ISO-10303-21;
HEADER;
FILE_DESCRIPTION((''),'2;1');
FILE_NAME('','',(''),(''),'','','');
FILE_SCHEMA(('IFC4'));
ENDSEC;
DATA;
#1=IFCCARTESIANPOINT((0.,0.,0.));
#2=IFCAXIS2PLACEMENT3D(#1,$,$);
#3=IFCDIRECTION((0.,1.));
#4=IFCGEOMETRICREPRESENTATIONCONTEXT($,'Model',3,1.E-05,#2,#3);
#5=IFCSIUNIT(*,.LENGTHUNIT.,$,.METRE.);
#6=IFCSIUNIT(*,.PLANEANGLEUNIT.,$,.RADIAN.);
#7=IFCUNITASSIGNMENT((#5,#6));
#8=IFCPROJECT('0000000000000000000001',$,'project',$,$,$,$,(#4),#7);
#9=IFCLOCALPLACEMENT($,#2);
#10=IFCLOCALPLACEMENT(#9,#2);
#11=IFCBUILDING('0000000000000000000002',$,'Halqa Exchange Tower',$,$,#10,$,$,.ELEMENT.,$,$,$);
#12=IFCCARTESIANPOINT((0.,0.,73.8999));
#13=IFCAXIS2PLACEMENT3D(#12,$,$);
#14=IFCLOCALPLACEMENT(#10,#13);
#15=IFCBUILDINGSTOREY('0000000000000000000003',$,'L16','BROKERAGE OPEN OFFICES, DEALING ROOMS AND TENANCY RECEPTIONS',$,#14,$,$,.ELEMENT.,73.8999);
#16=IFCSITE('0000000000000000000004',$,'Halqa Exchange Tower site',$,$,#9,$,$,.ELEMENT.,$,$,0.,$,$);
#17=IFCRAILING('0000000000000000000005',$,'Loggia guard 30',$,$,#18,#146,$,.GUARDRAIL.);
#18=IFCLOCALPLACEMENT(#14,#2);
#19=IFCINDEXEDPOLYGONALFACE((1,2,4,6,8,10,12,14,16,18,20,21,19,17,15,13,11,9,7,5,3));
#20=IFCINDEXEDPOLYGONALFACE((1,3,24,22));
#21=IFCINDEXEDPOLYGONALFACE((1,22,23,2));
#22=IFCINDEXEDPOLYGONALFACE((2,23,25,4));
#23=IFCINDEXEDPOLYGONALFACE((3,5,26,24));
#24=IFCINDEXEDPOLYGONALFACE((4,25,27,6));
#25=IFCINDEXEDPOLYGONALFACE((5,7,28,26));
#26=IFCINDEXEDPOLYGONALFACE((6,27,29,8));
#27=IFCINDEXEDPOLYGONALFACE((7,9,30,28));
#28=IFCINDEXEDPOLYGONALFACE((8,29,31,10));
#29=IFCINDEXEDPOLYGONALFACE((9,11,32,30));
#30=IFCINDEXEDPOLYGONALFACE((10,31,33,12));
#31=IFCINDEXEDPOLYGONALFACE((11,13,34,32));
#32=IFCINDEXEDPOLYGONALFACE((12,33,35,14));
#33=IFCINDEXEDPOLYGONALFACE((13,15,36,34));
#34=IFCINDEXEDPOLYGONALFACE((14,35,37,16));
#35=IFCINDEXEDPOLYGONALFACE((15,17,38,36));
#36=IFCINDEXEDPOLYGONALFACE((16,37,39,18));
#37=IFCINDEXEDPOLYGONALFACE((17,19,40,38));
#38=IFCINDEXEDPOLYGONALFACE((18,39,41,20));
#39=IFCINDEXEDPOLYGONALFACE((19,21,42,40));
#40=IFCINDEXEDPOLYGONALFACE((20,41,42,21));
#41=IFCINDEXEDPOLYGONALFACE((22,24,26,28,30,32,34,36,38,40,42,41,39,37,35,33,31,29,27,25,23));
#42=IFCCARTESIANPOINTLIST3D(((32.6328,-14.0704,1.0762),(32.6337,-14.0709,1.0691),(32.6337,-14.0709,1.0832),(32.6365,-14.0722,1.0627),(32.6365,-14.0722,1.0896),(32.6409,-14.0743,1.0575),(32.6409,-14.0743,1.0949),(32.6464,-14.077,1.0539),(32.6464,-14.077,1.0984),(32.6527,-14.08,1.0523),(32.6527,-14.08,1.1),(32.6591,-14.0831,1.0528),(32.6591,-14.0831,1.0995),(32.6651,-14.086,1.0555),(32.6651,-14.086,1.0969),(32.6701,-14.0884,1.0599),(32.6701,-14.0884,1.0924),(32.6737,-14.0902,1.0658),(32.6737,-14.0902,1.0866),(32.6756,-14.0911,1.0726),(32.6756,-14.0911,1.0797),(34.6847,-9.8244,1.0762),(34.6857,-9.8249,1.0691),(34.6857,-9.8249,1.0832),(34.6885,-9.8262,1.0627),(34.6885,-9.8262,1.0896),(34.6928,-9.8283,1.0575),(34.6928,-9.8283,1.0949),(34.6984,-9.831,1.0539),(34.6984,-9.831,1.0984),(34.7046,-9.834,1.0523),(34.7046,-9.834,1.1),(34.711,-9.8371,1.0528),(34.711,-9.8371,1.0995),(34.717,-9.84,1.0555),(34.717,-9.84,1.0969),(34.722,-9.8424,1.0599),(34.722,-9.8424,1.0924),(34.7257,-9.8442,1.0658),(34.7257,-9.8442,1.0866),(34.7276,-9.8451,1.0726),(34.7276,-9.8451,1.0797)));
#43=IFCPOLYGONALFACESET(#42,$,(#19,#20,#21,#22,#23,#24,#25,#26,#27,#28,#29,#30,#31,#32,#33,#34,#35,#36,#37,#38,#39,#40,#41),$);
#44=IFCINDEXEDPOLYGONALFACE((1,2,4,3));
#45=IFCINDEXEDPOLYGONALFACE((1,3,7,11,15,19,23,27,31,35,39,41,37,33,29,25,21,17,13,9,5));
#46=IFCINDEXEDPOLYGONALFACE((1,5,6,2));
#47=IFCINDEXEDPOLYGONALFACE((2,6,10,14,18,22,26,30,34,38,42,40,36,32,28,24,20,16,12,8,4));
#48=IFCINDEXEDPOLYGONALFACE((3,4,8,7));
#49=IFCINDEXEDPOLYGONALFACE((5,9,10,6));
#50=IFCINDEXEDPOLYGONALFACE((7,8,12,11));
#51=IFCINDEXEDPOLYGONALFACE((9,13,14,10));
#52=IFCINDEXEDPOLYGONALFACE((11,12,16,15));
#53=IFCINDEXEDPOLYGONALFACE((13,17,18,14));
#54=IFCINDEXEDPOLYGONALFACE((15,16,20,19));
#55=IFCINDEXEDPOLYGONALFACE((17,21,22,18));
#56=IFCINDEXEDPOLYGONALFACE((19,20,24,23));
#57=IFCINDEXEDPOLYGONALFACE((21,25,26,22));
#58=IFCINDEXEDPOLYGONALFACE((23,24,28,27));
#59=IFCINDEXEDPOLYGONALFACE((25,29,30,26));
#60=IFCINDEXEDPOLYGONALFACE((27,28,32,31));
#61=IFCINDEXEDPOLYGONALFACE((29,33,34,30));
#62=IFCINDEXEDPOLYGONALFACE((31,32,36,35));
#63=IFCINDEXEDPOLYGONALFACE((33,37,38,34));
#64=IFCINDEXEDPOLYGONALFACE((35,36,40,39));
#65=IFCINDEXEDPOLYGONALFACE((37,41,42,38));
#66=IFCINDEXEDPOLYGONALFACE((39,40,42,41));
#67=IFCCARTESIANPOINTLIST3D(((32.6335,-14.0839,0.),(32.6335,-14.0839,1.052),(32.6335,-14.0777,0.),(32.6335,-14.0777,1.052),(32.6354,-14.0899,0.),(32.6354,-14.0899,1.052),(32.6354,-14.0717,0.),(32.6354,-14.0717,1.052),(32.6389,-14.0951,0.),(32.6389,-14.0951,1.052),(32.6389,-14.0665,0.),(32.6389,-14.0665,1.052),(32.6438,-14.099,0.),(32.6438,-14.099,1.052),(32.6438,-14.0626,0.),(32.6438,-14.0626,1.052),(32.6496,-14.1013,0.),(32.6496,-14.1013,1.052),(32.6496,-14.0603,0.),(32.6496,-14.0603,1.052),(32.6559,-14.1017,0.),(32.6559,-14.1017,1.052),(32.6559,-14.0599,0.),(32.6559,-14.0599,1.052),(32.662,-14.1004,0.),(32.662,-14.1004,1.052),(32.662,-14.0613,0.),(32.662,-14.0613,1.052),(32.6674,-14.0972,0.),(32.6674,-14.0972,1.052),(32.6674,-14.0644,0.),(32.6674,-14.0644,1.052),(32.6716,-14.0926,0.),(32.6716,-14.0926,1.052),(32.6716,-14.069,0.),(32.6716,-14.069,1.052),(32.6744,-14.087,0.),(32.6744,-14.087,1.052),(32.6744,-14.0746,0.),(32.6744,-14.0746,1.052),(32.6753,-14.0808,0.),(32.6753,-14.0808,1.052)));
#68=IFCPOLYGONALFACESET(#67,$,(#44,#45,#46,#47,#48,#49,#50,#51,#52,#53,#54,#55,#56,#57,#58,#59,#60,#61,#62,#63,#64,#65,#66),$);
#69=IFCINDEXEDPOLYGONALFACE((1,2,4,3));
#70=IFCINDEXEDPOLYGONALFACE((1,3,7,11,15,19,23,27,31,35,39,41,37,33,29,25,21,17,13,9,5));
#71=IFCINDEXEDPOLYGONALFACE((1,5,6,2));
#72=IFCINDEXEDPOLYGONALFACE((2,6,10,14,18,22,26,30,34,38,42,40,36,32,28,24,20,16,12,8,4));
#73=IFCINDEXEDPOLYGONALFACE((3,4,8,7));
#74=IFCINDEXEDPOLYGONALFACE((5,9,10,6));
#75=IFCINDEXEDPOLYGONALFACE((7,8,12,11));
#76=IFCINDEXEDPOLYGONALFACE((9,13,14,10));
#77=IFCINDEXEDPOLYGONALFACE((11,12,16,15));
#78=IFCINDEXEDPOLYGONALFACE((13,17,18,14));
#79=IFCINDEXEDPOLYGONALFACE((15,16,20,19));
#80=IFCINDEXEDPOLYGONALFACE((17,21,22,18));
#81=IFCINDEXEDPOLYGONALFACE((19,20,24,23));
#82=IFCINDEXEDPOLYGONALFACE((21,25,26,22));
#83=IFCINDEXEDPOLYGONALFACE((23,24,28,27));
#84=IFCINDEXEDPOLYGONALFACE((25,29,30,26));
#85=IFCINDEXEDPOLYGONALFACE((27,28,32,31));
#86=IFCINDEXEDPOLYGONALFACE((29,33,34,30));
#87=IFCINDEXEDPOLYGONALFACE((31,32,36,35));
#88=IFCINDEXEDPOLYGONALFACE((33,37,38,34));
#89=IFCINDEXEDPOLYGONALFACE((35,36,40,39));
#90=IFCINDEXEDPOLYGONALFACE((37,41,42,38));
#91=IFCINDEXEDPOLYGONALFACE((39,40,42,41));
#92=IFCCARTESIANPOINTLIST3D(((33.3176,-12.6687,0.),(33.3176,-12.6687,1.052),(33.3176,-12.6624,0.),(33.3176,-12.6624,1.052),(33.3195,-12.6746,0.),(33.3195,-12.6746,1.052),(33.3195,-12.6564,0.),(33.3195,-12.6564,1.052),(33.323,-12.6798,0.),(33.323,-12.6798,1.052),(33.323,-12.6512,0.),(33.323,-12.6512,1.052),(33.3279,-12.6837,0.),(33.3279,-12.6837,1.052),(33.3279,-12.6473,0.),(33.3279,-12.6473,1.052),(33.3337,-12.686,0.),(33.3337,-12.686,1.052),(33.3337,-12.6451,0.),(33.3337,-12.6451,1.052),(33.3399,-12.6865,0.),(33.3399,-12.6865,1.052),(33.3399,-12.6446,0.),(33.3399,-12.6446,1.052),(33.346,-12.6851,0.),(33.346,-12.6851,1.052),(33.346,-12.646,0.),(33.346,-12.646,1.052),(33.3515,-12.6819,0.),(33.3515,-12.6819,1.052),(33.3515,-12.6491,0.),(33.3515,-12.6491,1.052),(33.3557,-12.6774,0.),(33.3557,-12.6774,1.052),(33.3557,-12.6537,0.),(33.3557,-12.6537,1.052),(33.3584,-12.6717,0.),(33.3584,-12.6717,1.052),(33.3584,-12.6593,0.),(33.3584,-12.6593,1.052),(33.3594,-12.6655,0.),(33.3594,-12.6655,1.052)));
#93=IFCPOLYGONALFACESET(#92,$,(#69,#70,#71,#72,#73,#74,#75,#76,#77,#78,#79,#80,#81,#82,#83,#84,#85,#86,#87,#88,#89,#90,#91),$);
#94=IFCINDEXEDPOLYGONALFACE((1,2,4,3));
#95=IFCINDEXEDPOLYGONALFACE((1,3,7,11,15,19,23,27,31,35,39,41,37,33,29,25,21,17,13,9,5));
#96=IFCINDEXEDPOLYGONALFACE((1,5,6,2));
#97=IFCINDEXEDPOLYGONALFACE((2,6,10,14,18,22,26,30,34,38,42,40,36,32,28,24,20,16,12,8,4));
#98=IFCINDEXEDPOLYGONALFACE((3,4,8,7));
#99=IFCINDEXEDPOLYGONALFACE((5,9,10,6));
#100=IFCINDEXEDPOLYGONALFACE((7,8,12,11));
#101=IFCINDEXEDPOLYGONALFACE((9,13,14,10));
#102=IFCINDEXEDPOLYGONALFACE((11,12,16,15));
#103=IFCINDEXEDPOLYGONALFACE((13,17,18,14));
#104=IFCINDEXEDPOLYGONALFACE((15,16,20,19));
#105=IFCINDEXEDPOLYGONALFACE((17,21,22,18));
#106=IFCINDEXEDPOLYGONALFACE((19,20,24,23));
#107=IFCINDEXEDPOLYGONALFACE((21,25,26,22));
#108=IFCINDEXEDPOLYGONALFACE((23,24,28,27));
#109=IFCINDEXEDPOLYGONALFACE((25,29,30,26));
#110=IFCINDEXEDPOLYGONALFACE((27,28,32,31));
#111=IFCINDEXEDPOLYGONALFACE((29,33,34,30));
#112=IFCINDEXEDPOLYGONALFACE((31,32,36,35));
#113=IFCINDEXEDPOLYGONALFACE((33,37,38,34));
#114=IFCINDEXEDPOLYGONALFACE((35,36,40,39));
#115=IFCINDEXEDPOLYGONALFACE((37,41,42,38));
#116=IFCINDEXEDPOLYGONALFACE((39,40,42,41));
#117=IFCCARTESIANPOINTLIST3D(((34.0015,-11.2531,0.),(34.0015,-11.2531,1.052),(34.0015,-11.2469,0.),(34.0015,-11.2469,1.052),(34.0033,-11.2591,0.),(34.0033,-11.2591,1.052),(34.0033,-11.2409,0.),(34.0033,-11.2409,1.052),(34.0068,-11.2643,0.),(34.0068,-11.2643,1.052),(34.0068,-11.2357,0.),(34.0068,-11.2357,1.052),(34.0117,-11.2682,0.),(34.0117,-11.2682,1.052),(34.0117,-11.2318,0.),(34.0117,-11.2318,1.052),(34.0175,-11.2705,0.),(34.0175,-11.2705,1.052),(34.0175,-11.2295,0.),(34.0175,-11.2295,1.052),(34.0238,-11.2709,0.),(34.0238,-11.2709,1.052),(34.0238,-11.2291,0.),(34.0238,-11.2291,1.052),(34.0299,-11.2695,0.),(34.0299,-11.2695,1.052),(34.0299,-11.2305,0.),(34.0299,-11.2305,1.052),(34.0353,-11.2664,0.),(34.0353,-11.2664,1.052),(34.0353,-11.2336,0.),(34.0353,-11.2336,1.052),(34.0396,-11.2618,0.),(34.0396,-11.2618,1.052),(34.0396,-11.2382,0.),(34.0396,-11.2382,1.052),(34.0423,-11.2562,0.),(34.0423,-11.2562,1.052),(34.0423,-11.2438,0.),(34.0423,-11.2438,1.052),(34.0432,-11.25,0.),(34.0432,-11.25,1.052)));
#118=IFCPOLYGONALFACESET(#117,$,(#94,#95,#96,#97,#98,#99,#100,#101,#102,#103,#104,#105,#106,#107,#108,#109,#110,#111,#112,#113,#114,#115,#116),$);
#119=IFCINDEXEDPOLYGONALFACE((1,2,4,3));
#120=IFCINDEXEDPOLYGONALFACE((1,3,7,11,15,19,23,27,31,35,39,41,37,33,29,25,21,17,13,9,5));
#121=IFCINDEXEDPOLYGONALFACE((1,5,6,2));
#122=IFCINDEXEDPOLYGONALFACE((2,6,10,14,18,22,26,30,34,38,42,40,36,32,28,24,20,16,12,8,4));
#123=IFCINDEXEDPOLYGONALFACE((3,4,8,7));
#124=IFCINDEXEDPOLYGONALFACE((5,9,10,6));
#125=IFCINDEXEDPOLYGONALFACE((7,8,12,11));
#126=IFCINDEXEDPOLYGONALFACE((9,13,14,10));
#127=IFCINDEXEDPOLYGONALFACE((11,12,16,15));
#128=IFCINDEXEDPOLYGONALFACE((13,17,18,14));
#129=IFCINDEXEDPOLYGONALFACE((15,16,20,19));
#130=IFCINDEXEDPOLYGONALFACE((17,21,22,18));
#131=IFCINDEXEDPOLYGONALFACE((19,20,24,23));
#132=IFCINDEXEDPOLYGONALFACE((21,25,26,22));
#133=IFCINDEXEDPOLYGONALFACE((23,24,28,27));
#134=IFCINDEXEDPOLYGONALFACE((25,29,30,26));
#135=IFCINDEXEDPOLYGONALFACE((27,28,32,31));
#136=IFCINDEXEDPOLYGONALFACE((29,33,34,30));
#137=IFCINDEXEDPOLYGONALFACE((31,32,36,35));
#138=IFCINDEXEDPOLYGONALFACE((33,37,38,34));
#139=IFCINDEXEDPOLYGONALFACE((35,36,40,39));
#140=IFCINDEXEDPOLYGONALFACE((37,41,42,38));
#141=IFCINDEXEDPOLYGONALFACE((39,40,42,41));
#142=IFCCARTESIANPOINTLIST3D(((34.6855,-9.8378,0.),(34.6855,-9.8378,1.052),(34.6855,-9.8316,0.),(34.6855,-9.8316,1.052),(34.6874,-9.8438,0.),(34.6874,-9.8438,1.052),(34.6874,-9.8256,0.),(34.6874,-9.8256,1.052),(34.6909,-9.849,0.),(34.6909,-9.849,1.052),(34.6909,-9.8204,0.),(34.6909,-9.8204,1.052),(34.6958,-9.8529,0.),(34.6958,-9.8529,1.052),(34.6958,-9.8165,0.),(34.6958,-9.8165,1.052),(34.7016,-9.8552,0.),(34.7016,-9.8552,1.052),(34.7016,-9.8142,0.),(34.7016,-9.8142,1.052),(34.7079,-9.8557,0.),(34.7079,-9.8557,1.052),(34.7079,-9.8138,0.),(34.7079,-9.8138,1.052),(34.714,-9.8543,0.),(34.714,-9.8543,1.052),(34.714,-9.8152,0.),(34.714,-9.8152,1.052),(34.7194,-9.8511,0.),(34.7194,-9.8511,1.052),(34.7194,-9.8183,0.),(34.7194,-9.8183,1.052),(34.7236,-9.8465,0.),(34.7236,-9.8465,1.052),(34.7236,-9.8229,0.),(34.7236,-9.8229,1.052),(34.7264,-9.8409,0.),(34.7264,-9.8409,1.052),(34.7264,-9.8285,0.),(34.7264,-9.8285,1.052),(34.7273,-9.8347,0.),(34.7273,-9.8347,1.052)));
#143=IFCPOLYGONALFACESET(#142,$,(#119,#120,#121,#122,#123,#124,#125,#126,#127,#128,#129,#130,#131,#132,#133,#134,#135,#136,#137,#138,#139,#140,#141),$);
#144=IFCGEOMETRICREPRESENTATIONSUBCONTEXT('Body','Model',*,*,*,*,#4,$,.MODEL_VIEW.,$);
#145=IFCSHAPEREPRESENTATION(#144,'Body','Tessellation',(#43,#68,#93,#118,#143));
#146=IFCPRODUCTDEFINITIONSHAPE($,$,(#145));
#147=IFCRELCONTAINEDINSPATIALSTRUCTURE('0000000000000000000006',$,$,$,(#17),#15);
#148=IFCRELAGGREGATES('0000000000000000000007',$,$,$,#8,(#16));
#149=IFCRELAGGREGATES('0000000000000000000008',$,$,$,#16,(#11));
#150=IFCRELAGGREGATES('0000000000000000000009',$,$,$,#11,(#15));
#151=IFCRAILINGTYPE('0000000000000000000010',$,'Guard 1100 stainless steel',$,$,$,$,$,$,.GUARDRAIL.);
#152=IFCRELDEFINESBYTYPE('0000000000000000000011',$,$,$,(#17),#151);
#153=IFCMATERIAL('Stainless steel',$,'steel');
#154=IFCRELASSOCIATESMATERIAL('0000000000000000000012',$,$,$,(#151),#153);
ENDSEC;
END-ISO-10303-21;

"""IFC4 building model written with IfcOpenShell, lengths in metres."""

from ifc_helpers import new_model, si_unit, direction, frame, origin, origin_2d, place, context, subcontext, project, spatial, circle, extrude, material, type_object, element, save


model = new_model("IFC4")

# Units and contexts
model_context = context("Model", 3, precision=1e-05, world=origin(), true_north=direction((0.0, 1.0)))
body_context = subcontext(model_context, "Body", "Model", "MODEL_VIEW")
ifc_project = project(units=[si_unit("LENGTHUNIT", "METRE"), si_unit("PLANEANGLEUNIT", "RADIAN")], contexts=[model_context])

# Site, building, storey
site_placement = place(None, origin())
site = spatial("IfcSite", under=ifc_project, at=site_placement, Name="Halqa Exchange Tower site", CompositionType="ELEMENT", RefElevation=0.0)
building_placement = place(site_placement, origin())
building = spatial("IfcBuilding", under=site, at=building_placement, Name="Halqa Exchange Tower", CompositionType="ELEMENT")
storey_placement = place(building_placement, frame((0.0, 0.0, 73.8999)))
storey = spatial("IfcBuildingStorey", under=building, at=storey_placement, Name="L16", Description="BROKERAGE OPEN OFFICES, DEALING ROOMS AND TENANCY RECEPTIONS", CompositionType="ELEMENT", Elevation=73.8999)

# Railing
ifc_material_1 = material(Name="Stainless steel", Category="steel")
railing_type = type_object("IfcRailingType", Name="Guard 1100 stainless steel", PredefinedType="GUARDRAIL", material=ifc_material_1)
railing_1_placement = place(storey_placement, frame((32.6543, -14.0808, 0.0)))
element("IfcRailing", 1, at=railing_1_placement, inside=storey, type_object=railing_type, Name="Loggia guard 30", PredefinedType="GUARDRAIL", context=body_context, shape_type="SweptSolid", body=[
    extrude(circle(Radius=0.0239, at=origin_2d()), frame((0.0, 0.0, 1.0762), z_axis=(0.435121, 0.900372, 0.0), x_axis=(-0.900372, 0.435121, 0.0)), (0.0, 0.0, 1.0), 4.7158),
    extrude(circle(Radius=0.021, at=origin_2d()), origin(), (0.0, 0.0, 1.0), 1.052),
    extrude(circle(Radius=0.021, at=origin_2d()), frame((0.6841, 1.4153, 0.0)), (0.0, 0.0, 1.0), 1.052),
    extrude(circle(Radius=0.021, at=origin_2d()), frame((1.3679, 2.8308, 0.0)), (0.0, 0.0, 1.0), 1.052),
    extrude(circle(Radius=0.021, at=origin_2d()), frame((2.052, 4.2461, 0.0)), (0.0, 0.0, 1.0), 1.052),
])

save(model, "model.ifc")
